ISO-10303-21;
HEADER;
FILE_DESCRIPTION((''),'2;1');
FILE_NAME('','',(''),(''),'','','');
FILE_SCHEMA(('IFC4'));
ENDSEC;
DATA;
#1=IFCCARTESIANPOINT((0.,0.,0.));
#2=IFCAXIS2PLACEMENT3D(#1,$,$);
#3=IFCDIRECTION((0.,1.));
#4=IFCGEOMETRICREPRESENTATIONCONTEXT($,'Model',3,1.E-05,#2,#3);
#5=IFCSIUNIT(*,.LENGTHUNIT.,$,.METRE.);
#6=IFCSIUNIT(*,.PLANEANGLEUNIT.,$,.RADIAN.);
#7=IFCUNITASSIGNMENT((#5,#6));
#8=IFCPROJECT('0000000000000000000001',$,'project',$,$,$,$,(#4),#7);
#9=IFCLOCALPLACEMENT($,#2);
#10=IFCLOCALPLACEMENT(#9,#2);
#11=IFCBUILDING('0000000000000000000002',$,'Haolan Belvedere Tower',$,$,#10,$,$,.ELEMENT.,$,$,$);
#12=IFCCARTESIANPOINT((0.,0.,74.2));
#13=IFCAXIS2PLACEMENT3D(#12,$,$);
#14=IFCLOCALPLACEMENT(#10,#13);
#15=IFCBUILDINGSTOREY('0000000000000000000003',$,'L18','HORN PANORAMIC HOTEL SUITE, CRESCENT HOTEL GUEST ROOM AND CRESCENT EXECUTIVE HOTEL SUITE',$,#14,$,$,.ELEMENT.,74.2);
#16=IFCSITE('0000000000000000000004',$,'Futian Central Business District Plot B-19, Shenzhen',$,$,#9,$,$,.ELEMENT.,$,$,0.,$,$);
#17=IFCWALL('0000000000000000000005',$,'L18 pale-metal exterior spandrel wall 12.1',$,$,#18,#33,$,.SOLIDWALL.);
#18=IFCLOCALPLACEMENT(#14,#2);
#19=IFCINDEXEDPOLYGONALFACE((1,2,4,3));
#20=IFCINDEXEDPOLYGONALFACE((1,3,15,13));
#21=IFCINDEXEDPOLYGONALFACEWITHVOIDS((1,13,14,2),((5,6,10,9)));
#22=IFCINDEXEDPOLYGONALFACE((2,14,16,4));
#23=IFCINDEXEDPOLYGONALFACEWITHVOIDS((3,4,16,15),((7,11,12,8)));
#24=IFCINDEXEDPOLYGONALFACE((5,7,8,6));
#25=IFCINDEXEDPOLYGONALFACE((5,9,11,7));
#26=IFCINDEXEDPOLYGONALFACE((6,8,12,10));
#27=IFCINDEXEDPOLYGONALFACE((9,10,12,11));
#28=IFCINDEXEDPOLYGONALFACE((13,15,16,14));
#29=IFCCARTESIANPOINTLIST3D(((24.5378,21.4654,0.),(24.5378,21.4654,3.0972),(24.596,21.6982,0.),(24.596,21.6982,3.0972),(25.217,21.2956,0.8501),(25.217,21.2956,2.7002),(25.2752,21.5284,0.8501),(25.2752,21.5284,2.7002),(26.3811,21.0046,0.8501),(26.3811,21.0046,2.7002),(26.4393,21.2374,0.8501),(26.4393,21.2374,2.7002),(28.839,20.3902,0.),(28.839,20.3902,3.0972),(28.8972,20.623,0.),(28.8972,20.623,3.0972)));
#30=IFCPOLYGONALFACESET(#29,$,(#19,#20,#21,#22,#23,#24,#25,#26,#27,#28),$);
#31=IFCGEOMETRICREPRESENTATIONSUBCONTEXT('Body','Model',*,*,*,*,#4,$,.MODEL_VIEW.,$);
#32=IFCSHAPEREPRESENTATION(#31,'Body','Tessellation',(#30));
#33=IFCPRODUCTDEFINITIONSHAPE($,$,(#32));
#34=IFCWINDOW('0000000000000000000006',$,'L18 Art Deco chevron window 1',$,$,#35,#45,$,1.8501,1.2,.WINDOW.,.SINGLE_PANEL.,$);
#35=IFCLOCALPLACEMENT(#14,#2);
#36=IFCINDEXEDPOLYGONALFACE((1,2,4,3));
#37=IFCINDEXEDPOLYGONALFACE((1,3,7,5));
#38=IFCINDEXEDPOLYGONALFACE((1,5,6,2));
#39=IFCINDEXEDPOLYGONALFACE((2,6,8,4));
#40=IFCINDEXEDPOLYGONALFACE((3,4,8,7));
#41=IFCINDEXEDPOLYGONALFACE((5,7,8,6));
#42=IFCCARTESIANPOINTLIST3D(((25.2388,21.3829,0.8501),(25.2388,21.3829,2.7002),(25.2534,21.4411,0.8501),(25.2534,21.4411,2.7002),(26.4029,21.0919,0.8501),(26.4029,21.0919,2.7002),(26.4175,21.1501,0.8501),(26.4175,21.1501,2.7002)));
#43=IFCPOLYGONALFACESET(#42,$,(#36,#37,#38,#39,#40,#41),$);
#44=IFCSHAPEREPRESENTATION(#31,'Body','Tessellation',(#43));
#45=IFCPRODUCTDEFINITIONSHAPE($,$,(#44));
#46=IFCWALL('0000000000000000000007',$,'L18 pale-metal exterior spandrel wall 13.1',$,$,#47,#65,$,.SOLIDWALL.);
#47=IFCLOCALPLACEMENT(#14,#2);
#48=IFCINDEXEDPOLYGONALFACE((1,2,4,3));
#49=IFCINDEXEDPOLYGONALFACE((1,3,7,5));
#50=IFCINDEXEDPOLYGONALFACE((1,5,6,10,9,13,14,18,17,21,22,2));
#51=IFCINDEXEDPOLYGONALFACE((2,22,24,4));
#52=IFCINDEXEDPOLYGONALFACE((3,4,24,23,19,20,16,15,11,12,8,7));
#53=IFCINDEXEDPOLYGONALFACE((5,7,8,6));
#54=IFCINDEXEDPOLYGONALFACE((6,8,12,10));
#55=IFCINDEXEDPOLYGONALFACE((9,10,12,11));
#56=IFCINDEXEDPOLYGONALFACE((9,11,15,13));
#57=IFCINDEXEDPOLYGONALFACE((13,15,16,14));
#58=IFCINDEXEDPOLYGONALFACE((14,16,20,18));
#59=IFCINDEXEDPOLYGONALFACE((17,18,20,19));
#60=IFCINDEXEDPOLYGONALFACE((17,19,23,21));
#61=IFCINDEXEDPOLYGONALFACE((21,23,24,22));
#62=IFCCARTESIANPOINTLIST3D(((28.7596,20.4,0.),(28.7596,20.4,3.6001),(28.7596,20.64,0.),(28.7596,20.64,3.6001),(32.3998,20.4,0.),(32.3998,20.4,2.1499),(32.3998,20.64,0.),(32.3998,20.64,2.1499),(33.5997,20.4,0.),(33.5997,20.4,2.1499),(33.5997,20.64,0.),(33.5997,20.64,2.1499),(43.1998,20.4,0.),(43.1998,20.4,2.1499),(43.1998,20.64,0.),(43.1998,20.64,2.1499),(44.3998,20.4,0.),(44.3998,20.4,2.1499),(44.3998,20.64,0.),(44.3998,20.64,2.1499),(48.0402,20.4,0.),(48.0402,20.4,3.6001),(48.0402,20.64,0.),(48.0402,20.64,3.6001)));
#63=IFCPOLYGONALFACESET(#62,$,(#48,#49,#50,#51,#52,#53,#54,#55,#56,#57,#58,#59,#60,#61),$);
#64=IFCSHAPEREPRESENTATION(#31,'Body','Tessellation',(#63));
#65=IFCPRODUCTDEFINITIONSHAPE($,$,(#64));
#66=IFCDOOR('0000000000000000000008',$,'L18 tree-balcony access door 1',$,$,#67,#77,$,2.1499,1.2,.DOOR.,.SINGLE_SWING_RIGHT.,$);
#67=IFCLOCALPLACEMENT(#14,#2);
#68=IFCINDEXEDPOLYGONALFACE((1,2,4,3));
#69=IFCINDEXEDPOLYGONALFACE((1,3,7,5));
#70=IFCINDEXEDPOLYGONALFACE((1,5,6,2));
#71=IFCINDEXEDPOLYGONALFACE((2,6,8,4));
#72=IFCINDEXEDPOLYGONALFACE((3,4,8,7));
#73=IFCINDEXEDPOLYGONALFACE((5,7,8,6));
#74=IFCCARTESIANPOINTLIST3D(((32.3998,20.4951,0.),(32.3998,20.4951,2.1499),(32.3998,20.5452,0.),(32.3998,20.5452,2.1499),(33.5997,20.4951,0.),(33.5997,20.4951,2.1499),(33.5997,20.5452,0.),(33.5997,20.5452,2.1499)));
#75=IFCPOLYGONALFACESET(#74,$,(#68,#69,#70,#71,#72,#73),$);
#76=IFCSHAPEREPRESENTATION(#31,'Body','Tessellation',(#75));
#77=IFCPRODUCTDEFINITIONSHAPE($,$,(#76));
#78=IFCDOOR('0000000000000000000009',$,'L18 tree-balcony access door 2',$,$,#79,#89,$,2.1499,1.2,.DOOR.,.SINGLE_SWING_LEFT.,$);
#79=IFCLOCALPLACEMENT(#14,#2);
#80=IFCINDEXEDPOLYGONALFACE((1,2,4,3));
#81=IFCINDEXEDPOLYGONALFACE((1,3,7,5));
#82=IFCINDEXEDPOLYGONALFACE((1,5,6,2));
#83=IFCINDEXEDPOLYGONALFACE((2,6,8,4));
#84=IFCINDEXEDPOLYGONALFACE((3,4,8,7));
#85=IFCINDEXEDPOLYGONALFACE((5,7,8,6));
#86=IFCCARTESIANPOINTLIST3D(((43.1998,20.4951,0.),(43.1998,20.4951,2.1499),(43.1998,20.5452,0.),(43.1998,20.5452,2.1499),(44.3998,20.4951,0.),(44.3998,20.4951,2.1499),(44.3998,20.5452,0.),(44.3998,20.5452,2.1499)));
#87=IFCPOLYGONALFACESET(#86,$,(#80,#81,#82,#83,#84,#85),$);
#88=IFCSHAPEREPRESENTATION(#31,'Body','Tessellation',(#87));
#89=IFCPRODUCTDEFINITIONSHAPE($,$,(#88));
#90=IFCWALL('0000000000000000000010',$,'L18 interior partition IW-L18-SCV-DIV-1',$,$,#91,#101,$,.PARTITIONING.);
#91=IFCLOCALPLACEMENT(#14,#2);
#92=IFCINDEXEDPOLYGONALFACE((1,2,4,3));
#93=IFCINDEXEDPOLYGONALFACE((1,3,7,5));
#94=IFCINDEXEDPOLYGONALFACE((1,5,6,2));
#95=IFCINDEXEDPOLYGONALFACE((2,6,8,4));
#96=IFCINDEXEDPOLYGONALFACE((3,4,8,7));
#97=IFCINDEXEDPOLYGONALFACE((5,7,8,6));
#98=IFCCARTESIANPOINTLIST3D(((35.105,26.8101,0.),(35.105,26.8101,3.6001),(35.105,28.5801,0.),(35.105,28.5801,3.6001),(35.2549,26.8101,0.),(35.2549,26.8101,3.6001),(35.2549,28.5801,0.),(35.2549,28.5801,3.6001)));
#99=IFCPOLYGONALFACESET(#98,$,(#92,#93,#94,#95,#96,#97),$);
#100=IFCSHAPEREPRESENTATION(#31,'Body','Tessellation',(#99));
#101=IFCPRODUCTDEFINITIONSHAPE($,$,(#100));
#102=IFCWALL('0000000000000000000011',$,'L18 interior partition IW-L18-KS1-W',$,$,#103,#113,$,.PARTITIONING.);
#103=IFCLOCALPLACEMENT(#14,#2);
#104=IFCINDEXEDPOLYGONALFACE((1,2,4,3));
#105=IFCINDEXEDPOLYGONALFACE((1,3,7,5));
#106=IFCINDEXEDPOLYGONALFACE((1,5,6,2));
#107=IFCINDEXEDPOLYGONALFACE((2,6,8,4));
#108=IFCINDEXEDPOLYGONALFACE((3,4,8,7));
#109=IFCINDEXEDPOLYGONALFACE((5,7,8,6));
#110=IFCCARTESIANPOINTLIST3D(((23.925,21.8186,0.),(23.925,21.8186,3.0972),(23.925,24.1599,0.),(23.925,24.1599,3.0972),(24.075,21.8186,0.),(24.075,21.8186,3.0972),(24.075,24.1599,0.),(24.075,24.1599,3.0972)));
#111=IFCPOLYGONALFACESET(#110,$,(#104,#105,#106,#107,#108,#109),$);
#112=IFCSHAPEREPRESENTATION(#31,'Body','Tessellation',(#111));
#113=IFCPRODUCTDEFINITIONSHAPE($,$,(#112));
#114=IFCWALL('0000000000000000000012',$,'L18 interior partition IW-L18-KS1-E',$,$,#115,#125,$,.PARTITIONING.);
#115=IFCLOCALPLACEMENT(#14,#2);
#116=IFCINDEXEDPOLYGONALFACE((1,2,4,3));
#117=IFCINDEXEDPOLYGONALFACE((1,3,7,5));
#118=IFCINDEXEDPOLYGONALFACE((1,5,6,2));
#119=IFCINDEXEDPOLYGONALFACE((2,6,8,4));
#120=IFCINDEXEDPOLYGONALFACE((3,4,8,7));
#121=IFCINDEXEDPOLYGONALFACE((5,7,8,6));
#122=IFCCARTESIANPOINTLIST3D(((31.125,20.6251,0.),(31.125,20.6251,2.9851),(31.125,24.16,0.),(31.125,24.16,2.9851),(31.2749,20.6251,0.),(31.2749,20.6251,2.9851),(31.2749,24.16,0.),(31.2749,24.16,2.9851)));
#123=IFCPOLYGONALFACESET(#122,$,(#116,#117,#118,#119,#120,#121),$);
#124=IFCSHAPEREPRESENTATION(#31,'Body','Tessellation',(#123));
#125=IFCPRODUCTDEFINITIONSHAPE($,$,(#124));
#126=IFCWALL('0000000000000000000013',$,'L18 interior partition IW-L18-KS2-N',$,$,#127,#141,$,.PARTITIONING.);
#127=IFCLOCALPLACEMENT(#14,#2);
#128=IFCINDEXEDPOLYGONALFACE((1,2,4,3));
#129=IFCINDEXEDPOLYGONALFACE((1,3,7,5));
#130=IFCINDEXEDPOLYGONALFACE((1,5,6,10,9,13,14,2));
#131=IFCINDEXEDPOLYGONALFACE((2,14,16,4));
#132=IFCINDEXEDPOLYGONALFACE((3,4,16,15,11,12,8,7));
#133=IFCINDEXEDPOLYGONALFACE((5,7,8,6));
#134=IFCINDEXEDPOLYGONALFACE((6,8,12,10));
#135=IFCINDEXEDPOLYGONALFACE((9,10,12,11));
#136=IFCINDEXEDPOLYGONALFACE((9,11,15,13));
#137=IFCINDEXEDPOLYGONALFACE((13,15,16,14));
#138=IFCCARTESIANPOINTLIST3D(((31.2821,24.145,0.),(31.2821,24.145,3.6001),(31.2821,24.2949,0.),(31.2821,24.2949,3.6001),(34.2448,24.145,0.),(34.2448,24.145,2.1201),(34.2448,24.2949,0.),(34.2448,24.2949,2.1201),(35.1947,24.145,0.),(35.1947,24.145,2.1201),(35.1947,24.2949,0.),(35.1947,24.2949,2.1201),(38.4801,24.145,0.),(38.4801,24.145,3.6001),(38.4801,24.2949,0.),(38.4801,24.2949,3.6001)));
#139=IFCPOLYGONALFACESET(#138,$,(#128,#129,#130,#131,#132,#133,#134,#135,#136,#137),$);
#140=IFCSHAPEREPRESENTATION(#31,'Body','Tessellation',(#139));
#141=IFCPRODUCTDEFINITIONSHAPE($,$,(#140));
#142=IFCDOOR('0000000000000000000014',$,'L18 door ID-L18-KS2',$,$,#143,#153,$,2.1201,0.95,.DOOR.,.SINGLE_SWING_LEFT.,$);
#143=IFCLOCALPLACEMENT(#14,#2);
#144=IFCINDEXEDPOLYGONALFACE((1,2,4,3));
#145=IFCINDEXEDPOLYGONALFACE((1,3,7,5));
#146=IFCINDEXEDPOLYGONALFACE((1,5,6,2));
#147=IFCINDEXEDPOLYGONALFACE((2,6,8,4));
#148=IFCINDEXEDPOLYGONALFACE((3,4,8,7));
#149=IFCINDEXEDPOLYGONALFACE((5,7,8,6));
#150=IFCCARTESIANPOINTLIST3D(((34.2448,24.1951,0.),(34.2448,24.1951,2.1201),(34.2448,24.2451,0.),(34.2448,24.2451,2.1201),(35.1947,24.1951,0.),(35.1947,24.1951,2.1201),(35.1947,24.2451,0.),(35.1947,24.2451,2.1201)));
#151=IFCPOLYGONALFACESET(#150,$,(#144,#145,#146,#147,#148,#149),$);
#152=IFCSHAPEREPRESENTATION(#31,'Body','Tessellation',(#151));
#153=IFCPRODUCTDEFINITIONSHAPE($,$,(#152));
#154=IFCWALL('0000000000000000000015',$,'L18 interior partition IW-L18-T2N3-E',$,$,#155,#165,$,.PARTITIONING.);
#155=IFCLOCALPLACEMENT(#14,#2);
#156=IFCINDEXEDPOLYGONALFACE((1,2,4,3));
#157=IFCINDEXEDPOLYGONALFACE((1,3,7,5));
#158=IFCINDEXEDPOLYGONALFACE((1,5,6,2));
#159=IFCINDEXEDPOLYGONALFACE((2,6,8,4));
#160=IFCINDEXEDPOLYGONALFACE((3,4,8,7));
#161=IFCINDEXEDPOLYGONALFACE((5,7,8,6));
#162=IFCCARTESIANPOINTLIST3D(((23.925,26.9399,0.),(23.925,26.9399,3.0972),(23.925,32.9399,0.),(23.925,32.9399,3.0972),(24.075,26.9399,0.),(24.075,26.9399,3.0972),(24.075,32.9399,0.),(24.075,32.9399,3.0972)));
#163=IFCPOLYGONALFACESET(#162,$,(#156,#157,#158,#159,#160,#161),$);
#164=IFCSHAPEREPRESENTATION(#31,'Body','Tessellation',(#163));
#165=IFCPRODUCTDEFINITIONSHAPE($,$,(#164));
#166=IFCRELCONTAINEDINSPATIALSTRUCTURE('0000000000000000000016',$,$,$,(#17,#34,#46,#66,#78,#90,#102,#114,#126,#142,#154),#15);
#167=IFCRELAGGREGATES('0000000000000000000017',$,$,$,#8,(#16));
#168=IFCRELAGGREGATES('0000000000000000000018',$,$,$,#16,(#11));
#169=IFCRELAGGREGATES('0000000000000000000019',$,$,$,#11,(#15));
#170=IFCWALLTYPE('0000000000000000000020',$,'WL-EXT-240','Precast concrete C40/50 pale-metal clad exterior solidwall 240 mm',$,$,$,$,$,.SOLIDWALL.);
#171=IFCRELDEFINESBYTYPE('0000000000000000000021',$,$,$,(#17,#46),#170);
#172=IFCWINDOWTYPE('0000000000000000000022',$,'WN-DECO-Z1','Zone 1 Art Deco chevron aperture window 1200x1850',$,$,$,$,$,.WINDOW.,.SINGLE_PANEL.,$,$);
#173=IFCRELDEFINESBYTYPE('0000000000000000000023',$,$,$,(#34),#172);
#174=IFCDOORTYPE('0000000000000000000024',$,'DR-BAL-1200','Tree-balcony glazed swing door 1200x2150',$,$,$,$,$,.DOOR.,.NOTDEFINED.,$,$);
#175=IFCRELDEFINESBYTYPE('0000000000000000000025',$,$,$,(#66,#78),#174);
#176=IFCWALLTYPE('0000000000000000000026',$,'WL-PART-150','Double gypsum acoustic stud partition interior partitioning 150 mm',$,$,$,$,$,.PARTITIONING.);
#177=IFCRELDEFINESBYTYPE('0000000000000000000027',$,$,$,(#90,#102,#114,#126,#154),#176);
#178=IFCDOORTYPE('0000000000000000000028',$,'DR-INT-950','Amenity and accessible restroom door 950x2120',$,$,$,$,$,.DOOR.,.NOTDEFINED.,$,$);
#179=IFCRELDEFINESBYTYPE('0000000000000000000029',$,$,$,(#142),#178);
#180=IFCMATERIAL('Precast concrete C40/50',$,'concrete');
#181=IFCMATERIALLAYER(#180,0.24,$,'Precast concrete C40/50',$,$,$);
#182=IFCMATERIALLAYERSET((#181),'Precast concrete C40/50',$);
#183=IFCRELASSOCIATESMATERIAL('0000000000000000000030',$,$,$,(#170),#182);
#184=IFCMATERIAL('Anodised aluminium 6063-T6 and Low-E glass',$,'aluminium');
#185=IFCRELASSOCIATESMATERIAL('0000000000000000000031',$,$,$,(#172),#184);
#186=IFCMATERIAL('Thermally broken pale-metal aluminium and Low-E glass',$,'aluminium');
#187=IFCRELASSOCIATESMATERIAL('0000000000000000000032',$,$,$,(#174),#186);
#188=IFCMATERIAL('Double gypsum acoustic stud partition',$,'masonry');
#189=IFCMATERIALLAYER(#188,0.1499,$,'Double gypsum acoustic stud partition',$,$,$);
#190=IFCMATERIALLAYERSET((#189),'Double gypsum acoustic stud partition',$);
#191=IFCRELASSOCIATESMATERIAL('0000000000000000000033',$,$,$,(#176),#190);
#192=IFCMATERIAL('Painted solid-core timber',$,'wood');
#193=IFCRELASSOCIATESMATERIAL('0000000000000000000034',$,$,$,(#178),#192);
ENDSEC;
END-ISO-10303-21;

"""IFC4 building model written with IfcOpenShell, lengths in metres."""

from ifc_helpers import new_model, si_unit, direction, frame, frame_2d, origin, place, context, subcontext, project, spatial, rectangle, extrude, material, layer, layer_set, type_object, element, fill, save


model = new_model("IFC4")

# Units and contexts
model_context = context("Model", 3, precision=1e-05, world=origin(), true_north=direction((0.0, 1.0)))
body_context = subcontext(model_context, "Body", "Model", "MODEL_VIEW")
ifc_project = project(units=[si_unit("LENGTHUNIT", "METRE"), si_unit("PLANEANGLEUNIT", "RADIAN")], contexts=[model_context])

# Site, building, storey
site_placement = place(None, origin())
site = spatial("IfcSite", under=ifc_project, at=site_placement, Name="Futian Central Business District Plot B-19, Shenzhen", CompositionType="ELEMENT", RefElevation=0.0)
building_placement = place(site_placement, origin())
building = spatial("IfcBuilding", under=site, at=building_placement, Name="Haolan Belvedere Tower", CompositionType="ELEMENT")
storey_placement = place(building_placement, frame((0.0, 0.0, 74.2)))
storey = spatial("IfcBuildingStorey", under=building, at=storey_placement, Name="L18", Description="HORN PANORAMIC HOTEL SUITE, CRESCENT HOTEL GUEST ROOM AND CRESCENT EXECUTIVE HOTEL SUITE", CompositionType="ELEMENT", Elevation=74.2)

# Wall, opening, window
ifc_material_1 = material(Name="Precast concrete C40/50", Category="concrete")
ifc_layer_1 = layer(ifc_material_1, 0.24, Name="Precast concrete C40/50")
ifc_layer_set_1 = layer_set([ifc_layer_1], Name="Precast concrete C40/50")
wall_type_1 = type_object("IfcWallType", Name="WL-EXT-240", Description="Precast concrete C40/50 pale-metal clad exterior solidwall 240 mm", PredefinedType="SOLIDWALL", material=ifc_layer_set_1)
wall_1_placement = place(storey_placement, frame((24.5669, 21.5818, 0.0), z_axis=(0.0, 0.0, 1.0), x_axis=(0.970149, -0.24251, 0.0)))
wall_1 = element("IfcWall", 1, at=wall_1_placement, inside=storey, type_object=wall_type_1, Name="L18 pale-metal exterior spandrel wall 12.1", PredefinedType="SOLIDWALL", context=body_context, shape_type="SweptSolid", body=[
    extrude(rectangle(XDim=4.4336, YDim=0.24, at=frame_2d((2.2168, 0.0))), origin(), (0.0, 0.0, 1.0), 3.0972),
])
opening_1_placement = place(wall_1_placement, frame((0.7, 0.0, 0.8501)))
opening_1 = element("IfcOpeningElement", 2, at=opening_1_placement, cuts=wall_1, PredefinedType="OPENING", context=body_context, shape_type="SweptSolid", body=[
    extrude(rectangle(XDim=1.2, YDim=1.8501, at=frame_2d((0.6001, 0.925))), frame((0.0, 0.1299, 0.0), z_axis=(0.0, -1.0, 0.0), x_axis=(1.0, 0.0, 0.0)), (0.0, 0.0, 1.0), 0.26),
])
ifc_material_2 = material(Name="Anodised aluminium 6063-T6 and Low-E glass", Category="aluminium")
window_type = type_object("IfcWindowType", Name="WN-DECO-Z1", Description="Zone 1 Art Deco chevron aperture window 1200x1850", PartitioningType="SINGLE_PANEL", PredefinedType="WINDOW", material=ifc_material_2)
window_placement = place(opening_1_placement, origin())
window = element("IfcWindow", 3, at=window_placement, inside=storey, type_object=window_type, Name="L18 Art Deco chevron window 1", OverallHeight=1.8501, OverallWidth=1.2, PartitioningType="SINGLE_PANEL", PredefinedType="WINDOW", context=body_context, shape_type="SweptSolid", body=[
    extrude(rectangle(XDim=1.2, YDim=1.8501, at=frame_2d((0.6001, 0.925))), frame((0.0, 0.03, 0.0), z_axis=(0.0, -1.0, 0.0), x_axis=(1.0, 0.0, 0.0)), (0.0, 0.0, 1.0), 0.0601),
])
fill(opening_1, window)

# Wall, openings, doors
wall_2_placement = place(storey_placement, frame((28.7598, 20.52, 0.0), z_axis=(0.0, 0.0, 1.0), x_axis=(1.0, 0.0, 0.0)))
wall_2 = element("IfcWall", 4, at=wall_2_placement, inside=storey, type_object=wall_type_1, Name="L18 pale-metal exterior spandrel wall 13.1", PredefinedType="SOLIDWALL", context=body_context, shape_type="SweptSolid", body=[
    extrude(rectangle(XDim=19.2805, YDim=0.24, at=frame_2d((9.6401, 0.0))), origin(), (0.0, 0.0, 1.0), 3.6001),
])
opening_2_placement = place(wall_2_placement, frame((4.8401, 0.0, 0.0), z_axis=(0.0, 0.0, 1.0), x_axis=(-1.0, 0.0, 0.0)))
opening_2 = element("IfcOpeningElement", 5, at=opening_2_placement, cuts=wall_2, PredefinedType="OPENING", context=body_context, shape_type="SweptSolid", body=[
    extrude(rectangle(XDim=1.2, YDim=2.1499, at=frame_2d((0.6001, 1.075))), frame((0.0, 0.1299, 0.0), z_axis=(0.0, -1.0, 0.0), x_axis=(1.0, 0.0, 0.0)), (0.0, 0.0, 1.0), 0.26),
])
opening_3_placement = place(wall_2_placement, frame((15.6401, 0.0, 0.0), z_axis=(0.0, 0.0, 1.0), x_axis=(-1.0, 0.0, 0.0)))
opening_3 = element("IfcOpeningElement", 6, at=opening_3_placement, cuts=wall_2, PredefinedType="OPENING", context=body_context, shape_type="SweptSolid", body=[
    extrude(rectangle(XDim=1.2, YDim=2.1499, at=frame_2d((0.6001, 1.075))), frame((0.0, 0.1299, 0.0), z_axis=(0.0, -1.0, 0.0), x_axis=(1.0, 0.0, 0.0)), (0.0, 0.0, 1.0), 0.26),
])
ifc_material_3 = material(Name="Thermally broken pale-metal aluminium and Low-E glass", Category="aluminium")
door_type_1 = type_object("IfcDoorType", Name="DR-BAL-1200", Description="Tree-balcony glazed swing door 1200x2150", OperationType="NOTDEFINED", PredefinedType="DOOR", material=ifc_material_3)
door_1_placement = place(opening_2_placement, origin())
door_1 = element("IfcDoor", 7, at=door_1_placement, inside=storey, type_object=door_type_1, Name="L18 tree-balcony access door 1", OperationType="SINGLE_SWING_RIGHT", OverallHeight=2.1499, OverallWidth=1.2, PredefinedType="DOOR", context=body_context, shape_type="SweptSolid", body=[
    extrude(rectangle(XDim=1.2, YDim=2.1499, at=frame_2d((0.6001, 1.075))), frame((0.0, 0.0249, 0.0), z_axis=(0.0, -1.0, 0.0), x_axis=(1.0, 0.0, 0.0)), (0.0, 0.0, 1.0), 0.05),
])
fill(opening_2, door_1)
door_2_placement = place(opening_3_placement, origin())
door_2 = element("IfcDoor", 8, at=door_2_placement, inside=storey, type_object=door_type_1, Name="L18 tree-balcony access door 2", OperationType="SINGLE_SWING_LEFT", OverallHeight=2.1499, OverallWidth=1.2, PredefinedType="DOOR", context=body_context, shape_type="SweptSolid", body=[
    extrude(rectangle(XDim=1.2, YDim=2.1499, at=frame_2d((0.6001, 1.075))), frame((0.0, 0.0249, 0.0), z_axis=(0.0, -1.0, 0.0), x_axis=(1.0, 0.0, 0.0)), (0.0, 0.0, 1.0), 0.05),
])
fill(opening_3, door_2)

# Walls
ifc_material_4 = material(Name="Double gypsum acoustic stud partition", Category="masonry")
ifc_layer_2 = layer(ifc_material_4, 0.1499, Name="Double gypsum acoustic stud partition")
ifc_layer_set_2 = layer_set([ifc_layer_2], Name="Double gypsum acoustic stud partition")
wall_type_2 = type_object("IfcWallType", Name="WL-PART-150", Description="Double gypsum acoustic stud partition interior partitioning 150 mm", PredefinedType="PARTITIONING", material=ifc_layer_set_2)
wall_3_placement = place(storey_placement, frame((35.1799, 26.8101, 0.0), z_axis=(0.0, 0.0, 1.0), x_axis=(0.0, 1.0, 0.0)))
element("IfcWall", 9, at=wall_3_placement, inside=storey, type_object=wall_type_2, Name="L18 interior partition IW-L18-SCV-DIV-1", PredefinedType="PARTITIONING", context=body_context, shape_type="SweptSolid", body=[
    extrude(rectangle(XDim=1.77, YDim=0.1499, at=frame_2d((0.885, 0.0))), origin(), (0.0, 0.0, 1.0), 3.6001),
])
wall_4_placement = place(storey_placement, frame((24.0, 21.8186, 0.0), z_axis=(0.0, 0.0, 1.0), x_axis=(0.0, 1.0, 0.0)))
element("IfcWall", 10, at=wall_4_placement, inside=storey, type_object=wall_type_2, Name="L18 interior partition IW-L18-KS1-W", PredefinedType="PARTITIONING", context=body_context, shape_type="SweptSolid", body=[
    extrude(rectangle(XDim=2.3413, YDim=0.1499, at=frame_2d((1.1707, 0.0))), origin(), (0.0, 0.0, 1.0), 3.0972),
])
wall_5_placement = place(storey_placement, frame((31.2, 20.625, 0.0), z_axis=(0.0, 0.0, 1.0), x_axis=(0.0, 1.0, 0.0)))
element("IfcWall", 11, at=wall_5_placement, inside=storey, type_object=wall_type_2, Name="L18 interior partition IW-L18-KS1-E", PredefinedType="PARTITIONING", context=body_context, shape_type="SweptSolid", body=[
    extrude(rectangle(XDim=3.5349, YDim=0.1499, at=frame_2d((1.7676, 0.0))), origin(), (0.0, 0.0, 1.0), 2.9851),
])

# Wall, opening, door
wall_6_placement = place(storey_placement, frame((31.282, 24.22, 0.0), z_axis=(0.0, 0.0, 1.0), x_axis=(1.0, 0.0, 0.0)))
wall_6 = element("IfcWall", 12, at=wall_6_placement, inside=storey, type_object=wall_type_2, Name="L18 interior partition IW-L18-KS2-N", PredefinedType="PARTITIONING", context=body_context, shape_type="SweptSolid", body=[
    extrude(rectangle(XDim=7.198, YDim=0.1499, at=frame_2d((3.5991, 0.0))), origin(), (0.0, 0.0, 1.0), 3.6001),
])
opening_4_placement = place(wall_6_placement, frame((3.9128, 0.0, 0.0), z_axis=(0.0, 0.0, 1.0), x_axis=(-1.0, 0.0, 0.0)))
opening_4 = element("IfcOpeningElement", 13, at=opening_4_placement, cuts=wall_6, PredefinedType="OPENING", context=body_context, shape_type="SweptSolid", body=[
    extrude(rectangle(XDim=0.95, YDim=2.1201, at=frame_2d((0.4751, 1.0601))), frame((0.0, 0.085, 0.0), z_axis=(0.0, -1.0, 0.0), x_axis=(1.0, 0.0, 0.0)), (0.0, 0.0, 1.0), 0.1699),
])
ifc_material_5 = material(Name="Painted solid-core timber", Category="wood")
door_type_2 = type_object("IfcDoorType", Name="DR-INT-950", Description="Amenity and accessible restroom door 950x2120", OperationType="NOTDEFINED", PredefinedType="DOOR", material=ifc_material_5)
door_3_placement = place(opening_4_placement, origin())
door_3 = element("IfcDoor", 14, at=door_3_placement, inside=storey, type_object=door_type_2, Name="L18 door ID-L18-KS2", OperationType="SINGLE_SWING_LEFT", OverallHeight=2.1201, OverallWidth=0.95, PredefinedType="DOOR", context=body_context, shape_type="SweptSolid", body=[
    extrude(rectangle(XDim=0.95, YDim=2.1201, at=frame_2d((0.4751, 1.0601))), frame((0.0, 0.0249, 0.0), z_axis=(0.0, -1.0, 0.0), x_axis=(1.0, 0.0, 0.0)), (0.0, 0.0, 1.0), 0.05),
])
fill(opening_4, door_3)

# Wall
wall_7_placement = place(storey_placement, frame((24.0, 26.9399, 0.0), z_axis=(0.0, 0.0, 1.0), x_axis=(0.0, 1.0, 0.0)))
element("IfcWall", 15, at=wall_7_placement, inside=storey, type_object=wall_type_2, Name="L18 interior partition IW-L18-T2N3-E", PredefinedType="PARTITIONING", context=body_context, shape_type="SweptSolid", body=[
    extrude(rectangle(XDim=6.0, YDim=0.1499, at=frame_2d((3.0, 0.0))), origin(), (0.0, 0.0, 1.0), 3.0972),
])

save(model, "model.ifc")
